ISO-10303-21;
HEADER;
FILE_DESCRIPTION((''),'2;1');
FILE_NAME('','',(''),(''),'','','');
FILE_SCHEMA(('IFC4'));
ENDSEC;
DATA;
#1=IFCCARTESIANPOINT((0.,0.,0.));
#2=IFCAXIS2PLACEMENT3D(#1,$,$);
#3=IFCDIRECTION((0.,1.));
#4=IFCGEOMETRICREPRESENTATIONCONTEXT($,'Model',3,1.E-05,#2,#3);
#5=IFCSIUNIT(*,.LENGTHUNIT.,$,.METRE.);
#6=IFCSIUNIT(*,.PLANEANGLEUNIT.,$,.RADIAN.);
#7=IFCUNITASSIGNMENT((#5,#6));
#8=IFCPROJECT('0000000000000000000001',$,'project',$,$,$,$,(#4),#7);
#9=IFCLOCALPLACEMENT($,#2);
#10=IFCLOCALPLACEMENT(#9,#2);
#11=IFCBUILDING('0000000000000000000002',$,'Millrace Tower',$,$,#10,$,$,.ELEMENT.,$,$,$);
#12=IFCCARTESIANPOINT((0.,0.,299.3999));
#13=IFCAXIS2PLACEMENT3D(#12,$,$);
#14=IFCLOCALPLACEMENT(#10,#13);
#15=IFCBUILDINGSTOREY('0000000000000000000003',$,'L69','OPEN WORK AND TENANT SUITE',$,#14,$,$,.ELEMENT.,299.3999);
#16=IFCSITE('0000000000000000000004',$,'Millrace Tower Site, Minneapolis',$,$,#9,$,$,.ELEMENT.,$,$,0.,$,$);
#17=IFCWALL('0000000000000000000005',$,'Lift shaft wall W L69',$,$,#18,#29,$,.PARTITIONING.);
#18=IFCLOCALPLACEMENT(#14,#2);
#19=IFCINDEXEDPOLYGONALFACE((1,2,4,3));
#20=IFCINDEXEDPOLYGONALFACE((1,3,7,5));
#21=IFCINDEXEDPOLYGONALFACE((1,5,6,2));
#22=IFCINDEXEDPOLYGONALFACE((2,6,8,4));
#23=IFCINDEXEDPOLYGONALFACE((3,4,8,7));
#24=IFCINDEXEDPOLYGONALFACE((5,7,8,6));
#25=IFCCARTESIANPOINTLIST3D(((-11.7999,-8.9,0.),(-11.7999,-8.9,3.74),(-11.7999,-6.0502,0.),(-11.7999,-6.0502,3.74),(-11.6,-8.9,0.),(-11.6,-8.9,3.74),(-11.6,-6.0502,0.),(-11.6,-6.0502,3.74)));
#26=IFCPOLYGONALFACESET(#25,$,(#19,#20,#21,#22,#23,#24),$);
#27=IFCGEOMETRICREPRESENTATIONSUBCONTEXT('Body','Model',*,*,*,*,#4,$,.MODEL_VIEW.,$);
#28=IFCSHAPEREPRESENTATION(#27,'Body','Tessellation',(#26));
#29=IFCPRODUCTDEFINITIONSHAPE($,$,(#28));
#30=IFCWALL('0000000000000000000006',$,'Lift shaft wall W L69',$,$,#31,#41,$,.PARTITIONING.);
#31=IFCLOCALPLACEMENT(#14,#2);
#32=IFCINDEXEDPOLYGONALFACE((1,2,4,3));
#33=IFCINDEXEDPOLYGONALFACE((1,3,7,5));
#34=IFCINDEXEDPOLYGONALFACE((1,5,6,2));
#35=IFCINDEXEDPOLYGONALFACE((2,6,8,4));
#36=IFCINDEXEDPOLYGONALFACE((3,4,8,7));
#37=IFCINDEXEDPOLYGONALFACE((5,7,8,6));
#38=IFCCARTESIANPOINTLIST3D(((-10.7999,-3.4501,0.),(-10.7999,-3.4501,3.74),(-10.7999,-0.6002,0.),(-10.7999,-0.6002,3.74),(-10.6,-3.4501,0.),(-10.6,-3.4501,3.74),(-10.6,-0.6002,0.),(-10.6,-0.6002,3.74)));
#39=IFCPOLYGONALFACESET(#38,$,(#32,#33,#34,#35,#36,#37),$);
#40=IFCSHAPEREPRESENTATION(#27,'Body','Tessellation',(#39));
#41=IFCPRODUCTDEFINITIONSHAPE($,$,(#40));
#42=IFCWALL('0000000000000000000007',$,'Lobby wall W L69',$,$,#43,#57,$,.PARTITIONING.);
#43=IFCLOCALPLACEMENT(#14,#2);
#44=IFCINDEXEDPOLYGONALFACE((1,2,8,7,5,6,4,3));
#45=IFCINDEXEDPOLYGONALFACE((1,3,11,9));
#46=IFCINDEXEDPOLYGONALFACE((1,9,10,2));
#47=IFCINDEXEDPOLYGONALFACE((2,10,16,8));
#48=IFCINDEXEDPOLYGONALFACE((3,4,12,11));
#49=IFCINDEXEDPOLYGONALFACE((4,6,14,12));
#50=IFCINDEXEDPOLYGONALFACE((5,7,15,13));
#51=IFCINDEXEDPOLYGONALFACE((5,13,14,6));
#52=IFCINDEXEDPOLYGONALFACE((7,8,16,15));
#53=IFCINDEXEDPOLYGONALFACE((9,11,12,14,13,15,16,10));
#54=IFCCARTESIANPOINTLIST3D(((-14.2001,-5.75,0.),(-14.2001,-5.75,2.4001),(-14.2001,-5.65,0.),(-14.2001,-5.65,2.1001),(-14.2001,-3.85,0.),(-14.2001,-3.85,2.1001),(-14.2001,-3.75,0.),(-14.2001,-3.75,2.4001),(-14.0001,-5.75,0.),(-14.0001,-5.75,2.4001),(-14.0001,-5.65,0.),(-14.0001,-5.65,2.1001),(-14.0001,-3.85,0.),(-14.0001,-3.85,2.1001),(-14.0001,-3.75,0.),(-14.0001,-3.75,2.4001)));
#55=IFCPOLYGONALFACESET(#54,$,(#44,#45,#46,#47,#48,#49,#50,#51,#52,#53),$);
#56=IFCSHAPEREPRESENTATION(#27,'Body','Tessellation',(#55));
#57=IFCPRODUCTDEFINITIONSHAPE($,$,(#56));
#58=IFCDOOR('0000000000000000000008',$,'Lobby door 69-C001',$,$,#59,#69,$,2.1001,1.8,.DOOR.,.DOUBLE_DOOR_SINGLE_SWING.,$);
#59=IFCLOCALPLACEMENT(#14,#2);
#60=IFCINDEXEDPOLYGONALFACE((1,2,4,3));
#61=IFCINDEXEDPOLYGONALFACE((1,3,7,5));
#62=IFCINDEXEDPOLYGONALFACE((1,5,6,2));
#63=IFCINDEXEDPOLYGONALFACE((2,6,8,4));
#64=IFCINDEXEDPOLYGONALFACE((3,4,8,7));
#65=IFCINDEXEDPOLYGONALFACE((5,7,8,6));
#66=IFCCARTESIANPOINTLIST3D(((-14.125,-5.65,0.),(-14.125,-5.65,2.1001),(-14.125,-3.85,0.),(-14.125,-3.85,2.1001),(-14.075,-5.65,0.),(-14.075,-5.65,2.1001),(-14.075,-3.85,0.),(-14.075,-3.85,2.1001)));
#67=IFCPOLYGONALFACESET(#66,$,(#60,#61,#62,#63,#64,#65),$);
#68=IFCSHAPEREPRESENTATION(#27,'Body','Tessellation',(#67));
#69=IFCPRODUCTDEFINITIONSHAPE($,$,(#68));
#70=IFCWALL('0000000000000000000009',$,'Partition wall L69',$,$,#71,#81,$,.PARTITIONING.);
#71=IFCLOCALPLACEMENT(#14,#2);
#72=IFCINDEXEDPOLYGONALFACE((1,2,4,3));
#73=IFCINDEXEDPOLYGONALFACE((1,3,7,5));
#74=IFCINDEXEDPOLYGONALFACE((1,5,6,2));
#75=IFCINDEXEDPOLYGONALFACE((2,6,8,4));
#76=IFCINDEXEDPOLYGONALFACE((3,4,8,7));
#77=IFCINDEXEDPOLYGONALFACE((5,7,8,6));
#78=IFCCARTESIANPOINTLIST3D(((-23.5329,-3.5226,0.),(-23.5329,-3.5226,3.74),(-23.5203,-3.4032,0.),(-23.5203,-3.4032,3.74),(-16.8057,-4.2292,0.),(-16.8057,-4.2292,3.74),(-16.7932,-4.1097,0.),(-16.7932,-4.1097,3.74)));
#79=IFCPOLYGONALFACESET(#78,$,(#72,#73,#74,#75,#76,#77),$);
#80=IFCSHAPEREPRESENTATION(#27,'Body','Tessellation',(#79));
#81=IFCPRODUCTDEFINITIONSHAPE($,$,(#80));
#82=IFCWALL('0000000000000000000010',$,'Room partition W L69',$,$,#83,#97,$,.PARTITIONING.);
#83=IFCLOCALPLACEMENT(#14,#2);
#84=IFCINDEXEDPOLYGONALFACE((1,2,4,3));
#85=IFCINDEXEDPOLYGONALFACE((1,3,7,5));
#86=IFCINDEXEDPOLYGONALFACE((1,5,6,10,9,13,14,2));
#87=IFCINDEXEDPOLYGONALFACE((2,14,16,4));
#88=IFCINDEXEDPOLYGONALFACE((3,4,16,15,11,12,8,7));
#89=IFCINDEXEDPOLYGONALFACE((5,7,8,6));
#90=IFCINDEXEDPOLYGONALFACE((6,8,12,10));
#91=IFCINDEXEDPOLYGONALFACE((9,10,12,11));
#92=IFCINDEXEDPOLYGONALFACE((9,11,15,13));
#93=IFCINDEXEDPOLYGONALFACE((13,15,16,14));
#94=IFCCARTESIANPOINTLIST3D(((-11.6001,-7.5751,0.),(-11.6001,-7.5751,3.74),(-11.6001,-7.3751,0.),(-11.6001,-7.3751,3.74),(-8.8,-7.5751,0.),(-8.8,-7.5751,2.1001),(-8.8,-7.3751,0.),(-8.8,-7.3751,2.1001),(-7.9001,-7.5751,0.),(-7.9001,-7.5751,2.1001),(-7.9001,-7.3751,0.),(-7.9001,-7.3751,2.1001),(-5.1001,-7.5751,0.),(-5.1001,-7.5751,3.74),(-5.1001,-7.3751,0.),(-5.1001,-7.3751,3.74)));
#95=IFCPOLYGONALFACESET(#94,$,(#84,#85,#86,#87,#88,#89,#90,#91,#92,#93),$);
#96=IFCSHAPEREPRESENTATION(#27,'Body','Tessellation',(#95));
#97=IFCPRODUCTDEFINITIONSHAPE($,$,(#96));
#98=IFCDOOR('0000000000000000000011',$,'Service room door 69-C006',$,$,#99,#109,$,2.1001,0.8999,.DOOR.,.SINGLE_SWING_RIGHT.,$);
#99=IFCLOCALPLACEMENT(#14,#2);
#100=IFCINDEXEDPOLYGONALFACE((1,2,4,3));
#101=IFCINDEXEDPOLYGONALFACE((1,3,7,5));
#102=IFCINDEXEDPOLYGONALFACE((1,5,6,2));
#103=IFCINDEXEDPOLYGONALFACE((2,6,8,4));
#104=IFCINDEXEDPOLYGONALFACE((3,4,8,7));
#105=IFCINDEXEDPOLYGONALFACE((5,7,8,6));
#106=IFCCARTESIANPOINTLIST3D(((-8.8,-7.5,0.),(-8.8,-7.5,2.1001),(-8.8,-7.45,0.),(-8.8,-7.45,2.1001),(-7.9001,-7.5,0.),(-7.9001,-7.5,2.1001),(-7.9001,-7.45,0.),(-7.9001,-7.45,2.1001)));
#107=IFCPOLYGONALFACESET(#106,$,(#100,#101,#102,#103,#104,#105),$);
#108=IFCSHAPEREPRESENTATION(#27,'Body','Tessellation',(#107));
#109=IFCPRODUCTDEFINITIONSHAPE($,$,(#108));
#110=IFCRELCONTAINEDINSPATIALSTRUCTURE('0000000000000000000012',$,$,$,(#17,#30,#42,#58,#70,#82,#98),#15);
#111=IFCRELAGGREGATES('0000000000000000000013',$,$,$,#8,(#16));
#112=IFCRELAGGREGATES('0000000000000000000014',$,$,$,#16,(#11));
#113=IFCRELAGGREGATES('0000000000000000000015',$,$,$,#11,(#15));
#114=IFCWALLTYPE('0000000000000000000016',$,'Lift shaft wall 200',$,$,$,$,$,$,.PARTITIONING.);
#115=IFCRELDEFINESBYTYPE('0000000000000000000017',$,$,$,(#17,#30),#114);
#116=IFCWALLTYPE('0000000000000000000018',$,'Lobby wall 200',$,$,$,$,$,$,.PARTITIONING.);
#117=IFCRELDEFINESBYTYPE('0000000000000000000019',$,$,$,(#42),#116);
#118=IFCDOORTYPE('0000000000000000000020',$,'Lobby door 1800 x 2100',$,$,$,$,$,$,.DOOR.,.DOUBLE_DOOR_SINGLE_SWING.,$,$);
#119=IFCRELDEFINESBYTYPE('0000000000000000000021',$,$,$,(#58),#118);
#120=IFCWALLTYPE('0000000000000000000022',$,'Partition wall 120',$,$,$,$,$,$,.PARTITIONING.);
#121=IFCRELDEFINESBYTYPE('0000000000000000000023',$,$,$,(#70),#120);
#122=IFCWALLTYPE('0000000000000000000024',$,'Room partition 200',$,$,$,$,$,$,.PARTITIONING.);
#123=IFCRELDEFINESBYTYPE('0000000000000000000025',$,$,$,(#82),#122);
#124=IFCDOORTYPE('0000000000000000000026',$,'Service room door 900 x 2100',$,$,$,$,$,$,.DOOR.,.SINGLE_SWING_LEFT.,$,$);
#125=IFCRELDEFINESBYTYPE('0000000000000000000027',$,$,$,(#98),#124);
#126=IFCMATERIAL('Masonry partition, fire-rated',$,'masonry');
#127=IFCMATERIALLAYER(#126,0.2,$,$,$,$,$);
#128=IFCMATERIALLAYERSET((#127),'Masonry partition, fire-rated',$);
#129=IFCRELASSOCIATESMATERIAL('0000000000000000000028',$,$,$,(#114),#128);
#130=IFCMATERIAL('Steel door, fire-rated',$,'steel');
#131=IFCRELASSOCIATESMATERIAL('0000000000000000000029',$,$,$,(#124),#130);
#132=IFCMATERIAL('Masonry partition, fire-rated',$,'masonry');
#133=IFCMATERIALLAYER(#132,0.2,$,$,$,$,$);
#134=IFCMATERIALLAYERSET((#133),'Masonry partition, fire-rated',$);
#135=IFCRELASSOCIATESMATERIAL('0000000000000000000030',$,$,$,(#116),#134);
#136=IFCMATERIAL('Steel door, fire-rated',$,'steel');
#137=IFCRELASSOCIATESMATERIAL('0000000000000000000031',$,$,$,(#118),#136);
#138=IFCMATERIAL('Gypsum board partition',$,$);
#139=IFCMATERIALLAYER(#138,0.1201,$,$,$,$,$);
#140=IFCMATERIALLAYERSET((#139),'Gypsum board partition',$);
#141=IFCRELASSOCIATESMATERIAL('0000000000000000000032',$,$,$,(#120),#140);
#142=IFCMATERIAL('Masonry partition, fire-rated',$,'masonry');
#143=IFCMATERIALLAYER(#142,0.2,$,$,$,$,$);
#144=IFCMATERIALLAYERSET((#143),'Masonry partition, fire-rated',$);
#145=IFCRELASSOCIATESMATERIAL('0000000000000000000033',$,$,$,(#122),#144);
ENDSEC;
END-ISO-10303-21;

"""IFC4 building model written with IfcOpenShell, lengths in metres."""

from ifc_helpers import new_model, si_unit, direction, frame, frame_2d, origin, place, context, subcontext, project, spatial, rectangle, extrude, material, layer, layer_set, type_object, element, fill, save


model = new_model("IFC4")

# Units and contexts
model_context = context("Model", 3, precision=1e-05, world=origin(), true_north=direction((0.0, 1.0)))
body_context = subcontext(model_context, "Body", "Model", "MODEL_VIEW")
ifc_project = project(units=[si_unit("LENGTHUNIT", "METRE"), si_unit("PLANEANGLEUNIT", "RADIAN")], contexts=[model_context])

# Site, building, storey
site_placement = place(None, origin())
site = spatial("IfcSite", under=ifc_project, at=site_placement, Name="Millrace Tower Site, Minneapolis", CompositionType="ELEMENT", RefElevation=0.0)
building_placement = place(site_placement, origin())
building = spatial("IfcBuilding", under=site, at=building_placement, Name="Millrace Tower", CompositionType="ELEMENT")
storey_placement = place(building_placement, frame((0.0, 0.0, 299.3999)))
storey = spatial("IfcBuildingStorey", under=building, at=storey_placement, Name="L69", Description="OPEN WORK AND TENANT SUITE", CompositionType="ELEMENT", Elevation=299.3999)

# Shared definitions
ifc_material_1 = material(Name="Masonry partition, fire-rated", Category="masonry")
ifc_layer_1 = layer(ifc_material_1, 0.2)
ifc_layer_set_1 = layer_set([ifc_layer_1], Name="Masonry partition, fire-rated")
wall_type_1 = type_object("IfcWallType", Name="Lift shaft wall 200", PredefinedType="PARTITIONING", material=ifc_layer_set_1)
ifc_material_2 = material(Name="Steel door, fire-rated", Category="steel")
door_type_1 = type_object("IfcDoorType", Name="Service room door 900 x 2100", OperationType="SINGLE_SWING_LEFT", PredefinedType="DOOR", material=ifc_material_2)

# Walls
for number, where, z_axis, x_axis, name in (
    (1, (-11.7, -8.8999, 0.0), (0.0, 0.0, 1.0), (0.0, 1.0, 0.0), "Lift shaft wall W L69"),
    (2, (-10.7, -3.45, 0.0), (0.0, 0.0, 1.0), (0.0, 1.0, 0.0), "Lift shaft wall W L69"),
):
    element("IfcWall", number, at=place(storey_placement, frame(where, z_axis=z_axis, x_axis=x_axis)), inside=storey, type_object=wall_type_1, Name=name, PredefinedType="PARTITIONING", context=body_context, shape_type="SweptSolid", body=[
        extrude(rectangle(XDim=2.8499, YDim=0.2, at=frame_2d((1.4248, 0.0))), origin(), (0.0, 0.0, 1.0), 3.74),
    ])

# Wall, opening, door
ifc_material_3 = material(Name="Masonry partition, fire-rated", Category="masonry")
ifc_layer_2 = layer(ifc_material_3, 0.2)
ifc_layer_set_2 = layer_set([ifc_layer_2], Name="Masonry partition, fire-rated")
wall_type_2 = type_object("IfcWallType", Name="Lobby wall 200", PredefinedType="PARTITIONING", material=ifc_layer_set_2)
wall_1_placement = place(storey_placement, frame((-14.1001, -5.75, 0.0), z_axis=(0.0, 0.0, 1.0), x_axis=(0.0, 1.0, 0.0)))
wall_1 = element("IfcWall", 3, at=wall_1_placement, inside=storey, type_object=wall_type_2, Name="Lobby wall W L69", PredefinedType="PARTITIONING", context=body_context, shape_type="SweptSolid", body=[
    extrude(rectangle(XDim=2.0, YDim=0.2, at=frame_2d((1.0, 0.0))), origin(), (0.0, 0.0, 1.0), 2.4001),
])
opening_1_placement = place(wall_1_placement, frame((0.1001, 0.0, 0.0)))
opening_1 = element("IfcOpeningElement", 4, at=opening_1_placement, cuts=wall_1, PredefinedType="OPENING", context=body_context, shape_type="SweptSolid", body=[
    extrude(rectangle(XDim=1.8, YDim=2.1001, at=frame_2d((0.8999, 1.05))), frame((0.0, 0.1099, 0.0), z_axis=(0.0, -1.0, 0.0), x_axis=(1.0, 0.0, 0.0)), (0.0, 0.0, 1.0), 0.22),
])
ifc_material_4 = material(Name="Steel door, fire-rated", Category="steel")
door_type_2 = type_object("IfcDoorType", Name="Lobby door 1800 x 2100", OperationType="DOUBLE_DOOR_SINGLE_SWING", PredefinedType="DOOR", material=ifc_material_4)
door_1_placement = place(opening_1_placement, origin())
door_1 = element("IfcDoor", 5, at=door_1_placement, inside=storey, type_object=door_type_2, Name="Lobby door 69-C001", OperationType="DOUBLE_DOOR_SINGLE_SWING", OverallHeight=2.1001, OverallWidth=1.8, PredefinedType="DOOR", context=body_context, shape_type="SweptSolid", body=[
    extrude(rectangle(XDim=1.8, YDim=2.1001, at=frame_2d((0.8999, 1.05))), frame((0.0, 0.0249, 0.0), z_axis=(0.0, -1.0, 0.0), x_axis=(1.0, 0.0, 0.0)), (0.0, 0.0, 1.0), 0.05),
])
fill(opening_1, door_1)

# Wall
ifc_material_5 = material(Name="Gypsum board partition")
ifc_layer_3 = layer(ifc_material_5, 0.1201)
ifc_layer_set_3 = layer_set([ifc_layer_3], Name="Gypsum board partition")
wall_type_3 = type_object("IfcWallType", Name="Partition wall 120", PredefinedType="PARTITIONING", material=ifc_layer_set_3)
wall_2_placement = place(storey_placement, frame((-23.5266, -3.4629, 0.0), z_axis=(0.0, 0.0, 1.0), x_axis=(0.99453, -0.104456, 0.0)))
element("IfcWall", 6, at=wall_2_placement, inside=storey, type_object=wall_type_3, Name="Partition wall L69", PredefinedType="PARTITIONING", context=body_context, shape_type="SweptSolid", body=[
    extrude(rectangle(XDim=6.7642, YDim=0.1201, at=frame_2d((3.3821, 0.0))), origin(), (0.0, 0.0, 1.0), 3.74),
])

# Wall, opening, door
ifc_material_6 = material(Name="Masonry partition, fire-rated", Category="masonry")
ifc_layer_4 = layer(ifc_material_6, 0.2)
ifc_layer_set_4 = layer_set([ifc_layer_4], Name="Masonry partition, fire-rated")
wall_type_4 = type_object("IfcWallType", Name="Room partition 200", PredefinedType="PARTITIONING", material=ifc_layer_set_4)
wall_3_placement = place(storey_placement, frame((-11.6001, -7.4751, 0.0), z_axis=(0.0, 0.0, 1.0), x_axis=(1.0, 0.0, 0.0)))
wall_3 = element("IfcWall", 7, at=wall_3_placement, inside=storey, type_object=wall_type_4, Name="Room partition W L69", PredefinedType="PARTITIONING", context=body_context, shape_type="SweptSolid", body=[
    extrude(rectangle(XDim=6.5, YDim=0.2, at=frame_2d((3.25, 0.0))), origin(), (0.0, 0.0, 1.0), 3.74),
])
opening_2_placement = place(wall_3_placement, frame((2.8, 0.0, 0.0)))
opening_2 = element("IfcOpeningElement", 8, at=opening_2_placement, cuts=wall_3, PredefinedType="OPENING", context=body_context, shape_type="SweptSolid", body=[
    extrude(rectangle(XDim=0.8999, YDim=2.1001, at=frame_2d((0.45, 1.05))), frame((0.0, 0.1099, 0.0), z_axis=(0.0, -1.0, 0.0), x_axis=(1.0, 0.0, 0.0)), (0.0, 0.0, 1.0), 0.22),
])
door_2_placement = place(opening_2_placement, frame((0.8999, 0.0, 0.0), z_axis=(0.0, 0.0, 1.0), x_axis=(-1.0, 0.0, 0.0)))
door_2 = element("IfcDoor", 9, at=door_2_placement, inside=storey, type_object=door_type_1, Name="Service room door 69-C006", OperationType="SINGLE_SWING_RIGHT", OverallHeight=2.1001, OverallWidth=0.8999, PredefinedType="DOOR", context=body_context, shape_type="SweptSolid", body=[
    extrude(rectangle(XDim=0.8999, YDim=2.1001, at=frame_2d((0.45, 1.05))), frame((0.0, 0.0249, 0.0), z_axis=(0.0, -1.0, 0.0), x_axis=(1.0, 0.0, 0.0)), (0.0, 0.0, 1.0), 0.05),
])
fill(opening_2, door_2)

save(model, "model.ifc")
